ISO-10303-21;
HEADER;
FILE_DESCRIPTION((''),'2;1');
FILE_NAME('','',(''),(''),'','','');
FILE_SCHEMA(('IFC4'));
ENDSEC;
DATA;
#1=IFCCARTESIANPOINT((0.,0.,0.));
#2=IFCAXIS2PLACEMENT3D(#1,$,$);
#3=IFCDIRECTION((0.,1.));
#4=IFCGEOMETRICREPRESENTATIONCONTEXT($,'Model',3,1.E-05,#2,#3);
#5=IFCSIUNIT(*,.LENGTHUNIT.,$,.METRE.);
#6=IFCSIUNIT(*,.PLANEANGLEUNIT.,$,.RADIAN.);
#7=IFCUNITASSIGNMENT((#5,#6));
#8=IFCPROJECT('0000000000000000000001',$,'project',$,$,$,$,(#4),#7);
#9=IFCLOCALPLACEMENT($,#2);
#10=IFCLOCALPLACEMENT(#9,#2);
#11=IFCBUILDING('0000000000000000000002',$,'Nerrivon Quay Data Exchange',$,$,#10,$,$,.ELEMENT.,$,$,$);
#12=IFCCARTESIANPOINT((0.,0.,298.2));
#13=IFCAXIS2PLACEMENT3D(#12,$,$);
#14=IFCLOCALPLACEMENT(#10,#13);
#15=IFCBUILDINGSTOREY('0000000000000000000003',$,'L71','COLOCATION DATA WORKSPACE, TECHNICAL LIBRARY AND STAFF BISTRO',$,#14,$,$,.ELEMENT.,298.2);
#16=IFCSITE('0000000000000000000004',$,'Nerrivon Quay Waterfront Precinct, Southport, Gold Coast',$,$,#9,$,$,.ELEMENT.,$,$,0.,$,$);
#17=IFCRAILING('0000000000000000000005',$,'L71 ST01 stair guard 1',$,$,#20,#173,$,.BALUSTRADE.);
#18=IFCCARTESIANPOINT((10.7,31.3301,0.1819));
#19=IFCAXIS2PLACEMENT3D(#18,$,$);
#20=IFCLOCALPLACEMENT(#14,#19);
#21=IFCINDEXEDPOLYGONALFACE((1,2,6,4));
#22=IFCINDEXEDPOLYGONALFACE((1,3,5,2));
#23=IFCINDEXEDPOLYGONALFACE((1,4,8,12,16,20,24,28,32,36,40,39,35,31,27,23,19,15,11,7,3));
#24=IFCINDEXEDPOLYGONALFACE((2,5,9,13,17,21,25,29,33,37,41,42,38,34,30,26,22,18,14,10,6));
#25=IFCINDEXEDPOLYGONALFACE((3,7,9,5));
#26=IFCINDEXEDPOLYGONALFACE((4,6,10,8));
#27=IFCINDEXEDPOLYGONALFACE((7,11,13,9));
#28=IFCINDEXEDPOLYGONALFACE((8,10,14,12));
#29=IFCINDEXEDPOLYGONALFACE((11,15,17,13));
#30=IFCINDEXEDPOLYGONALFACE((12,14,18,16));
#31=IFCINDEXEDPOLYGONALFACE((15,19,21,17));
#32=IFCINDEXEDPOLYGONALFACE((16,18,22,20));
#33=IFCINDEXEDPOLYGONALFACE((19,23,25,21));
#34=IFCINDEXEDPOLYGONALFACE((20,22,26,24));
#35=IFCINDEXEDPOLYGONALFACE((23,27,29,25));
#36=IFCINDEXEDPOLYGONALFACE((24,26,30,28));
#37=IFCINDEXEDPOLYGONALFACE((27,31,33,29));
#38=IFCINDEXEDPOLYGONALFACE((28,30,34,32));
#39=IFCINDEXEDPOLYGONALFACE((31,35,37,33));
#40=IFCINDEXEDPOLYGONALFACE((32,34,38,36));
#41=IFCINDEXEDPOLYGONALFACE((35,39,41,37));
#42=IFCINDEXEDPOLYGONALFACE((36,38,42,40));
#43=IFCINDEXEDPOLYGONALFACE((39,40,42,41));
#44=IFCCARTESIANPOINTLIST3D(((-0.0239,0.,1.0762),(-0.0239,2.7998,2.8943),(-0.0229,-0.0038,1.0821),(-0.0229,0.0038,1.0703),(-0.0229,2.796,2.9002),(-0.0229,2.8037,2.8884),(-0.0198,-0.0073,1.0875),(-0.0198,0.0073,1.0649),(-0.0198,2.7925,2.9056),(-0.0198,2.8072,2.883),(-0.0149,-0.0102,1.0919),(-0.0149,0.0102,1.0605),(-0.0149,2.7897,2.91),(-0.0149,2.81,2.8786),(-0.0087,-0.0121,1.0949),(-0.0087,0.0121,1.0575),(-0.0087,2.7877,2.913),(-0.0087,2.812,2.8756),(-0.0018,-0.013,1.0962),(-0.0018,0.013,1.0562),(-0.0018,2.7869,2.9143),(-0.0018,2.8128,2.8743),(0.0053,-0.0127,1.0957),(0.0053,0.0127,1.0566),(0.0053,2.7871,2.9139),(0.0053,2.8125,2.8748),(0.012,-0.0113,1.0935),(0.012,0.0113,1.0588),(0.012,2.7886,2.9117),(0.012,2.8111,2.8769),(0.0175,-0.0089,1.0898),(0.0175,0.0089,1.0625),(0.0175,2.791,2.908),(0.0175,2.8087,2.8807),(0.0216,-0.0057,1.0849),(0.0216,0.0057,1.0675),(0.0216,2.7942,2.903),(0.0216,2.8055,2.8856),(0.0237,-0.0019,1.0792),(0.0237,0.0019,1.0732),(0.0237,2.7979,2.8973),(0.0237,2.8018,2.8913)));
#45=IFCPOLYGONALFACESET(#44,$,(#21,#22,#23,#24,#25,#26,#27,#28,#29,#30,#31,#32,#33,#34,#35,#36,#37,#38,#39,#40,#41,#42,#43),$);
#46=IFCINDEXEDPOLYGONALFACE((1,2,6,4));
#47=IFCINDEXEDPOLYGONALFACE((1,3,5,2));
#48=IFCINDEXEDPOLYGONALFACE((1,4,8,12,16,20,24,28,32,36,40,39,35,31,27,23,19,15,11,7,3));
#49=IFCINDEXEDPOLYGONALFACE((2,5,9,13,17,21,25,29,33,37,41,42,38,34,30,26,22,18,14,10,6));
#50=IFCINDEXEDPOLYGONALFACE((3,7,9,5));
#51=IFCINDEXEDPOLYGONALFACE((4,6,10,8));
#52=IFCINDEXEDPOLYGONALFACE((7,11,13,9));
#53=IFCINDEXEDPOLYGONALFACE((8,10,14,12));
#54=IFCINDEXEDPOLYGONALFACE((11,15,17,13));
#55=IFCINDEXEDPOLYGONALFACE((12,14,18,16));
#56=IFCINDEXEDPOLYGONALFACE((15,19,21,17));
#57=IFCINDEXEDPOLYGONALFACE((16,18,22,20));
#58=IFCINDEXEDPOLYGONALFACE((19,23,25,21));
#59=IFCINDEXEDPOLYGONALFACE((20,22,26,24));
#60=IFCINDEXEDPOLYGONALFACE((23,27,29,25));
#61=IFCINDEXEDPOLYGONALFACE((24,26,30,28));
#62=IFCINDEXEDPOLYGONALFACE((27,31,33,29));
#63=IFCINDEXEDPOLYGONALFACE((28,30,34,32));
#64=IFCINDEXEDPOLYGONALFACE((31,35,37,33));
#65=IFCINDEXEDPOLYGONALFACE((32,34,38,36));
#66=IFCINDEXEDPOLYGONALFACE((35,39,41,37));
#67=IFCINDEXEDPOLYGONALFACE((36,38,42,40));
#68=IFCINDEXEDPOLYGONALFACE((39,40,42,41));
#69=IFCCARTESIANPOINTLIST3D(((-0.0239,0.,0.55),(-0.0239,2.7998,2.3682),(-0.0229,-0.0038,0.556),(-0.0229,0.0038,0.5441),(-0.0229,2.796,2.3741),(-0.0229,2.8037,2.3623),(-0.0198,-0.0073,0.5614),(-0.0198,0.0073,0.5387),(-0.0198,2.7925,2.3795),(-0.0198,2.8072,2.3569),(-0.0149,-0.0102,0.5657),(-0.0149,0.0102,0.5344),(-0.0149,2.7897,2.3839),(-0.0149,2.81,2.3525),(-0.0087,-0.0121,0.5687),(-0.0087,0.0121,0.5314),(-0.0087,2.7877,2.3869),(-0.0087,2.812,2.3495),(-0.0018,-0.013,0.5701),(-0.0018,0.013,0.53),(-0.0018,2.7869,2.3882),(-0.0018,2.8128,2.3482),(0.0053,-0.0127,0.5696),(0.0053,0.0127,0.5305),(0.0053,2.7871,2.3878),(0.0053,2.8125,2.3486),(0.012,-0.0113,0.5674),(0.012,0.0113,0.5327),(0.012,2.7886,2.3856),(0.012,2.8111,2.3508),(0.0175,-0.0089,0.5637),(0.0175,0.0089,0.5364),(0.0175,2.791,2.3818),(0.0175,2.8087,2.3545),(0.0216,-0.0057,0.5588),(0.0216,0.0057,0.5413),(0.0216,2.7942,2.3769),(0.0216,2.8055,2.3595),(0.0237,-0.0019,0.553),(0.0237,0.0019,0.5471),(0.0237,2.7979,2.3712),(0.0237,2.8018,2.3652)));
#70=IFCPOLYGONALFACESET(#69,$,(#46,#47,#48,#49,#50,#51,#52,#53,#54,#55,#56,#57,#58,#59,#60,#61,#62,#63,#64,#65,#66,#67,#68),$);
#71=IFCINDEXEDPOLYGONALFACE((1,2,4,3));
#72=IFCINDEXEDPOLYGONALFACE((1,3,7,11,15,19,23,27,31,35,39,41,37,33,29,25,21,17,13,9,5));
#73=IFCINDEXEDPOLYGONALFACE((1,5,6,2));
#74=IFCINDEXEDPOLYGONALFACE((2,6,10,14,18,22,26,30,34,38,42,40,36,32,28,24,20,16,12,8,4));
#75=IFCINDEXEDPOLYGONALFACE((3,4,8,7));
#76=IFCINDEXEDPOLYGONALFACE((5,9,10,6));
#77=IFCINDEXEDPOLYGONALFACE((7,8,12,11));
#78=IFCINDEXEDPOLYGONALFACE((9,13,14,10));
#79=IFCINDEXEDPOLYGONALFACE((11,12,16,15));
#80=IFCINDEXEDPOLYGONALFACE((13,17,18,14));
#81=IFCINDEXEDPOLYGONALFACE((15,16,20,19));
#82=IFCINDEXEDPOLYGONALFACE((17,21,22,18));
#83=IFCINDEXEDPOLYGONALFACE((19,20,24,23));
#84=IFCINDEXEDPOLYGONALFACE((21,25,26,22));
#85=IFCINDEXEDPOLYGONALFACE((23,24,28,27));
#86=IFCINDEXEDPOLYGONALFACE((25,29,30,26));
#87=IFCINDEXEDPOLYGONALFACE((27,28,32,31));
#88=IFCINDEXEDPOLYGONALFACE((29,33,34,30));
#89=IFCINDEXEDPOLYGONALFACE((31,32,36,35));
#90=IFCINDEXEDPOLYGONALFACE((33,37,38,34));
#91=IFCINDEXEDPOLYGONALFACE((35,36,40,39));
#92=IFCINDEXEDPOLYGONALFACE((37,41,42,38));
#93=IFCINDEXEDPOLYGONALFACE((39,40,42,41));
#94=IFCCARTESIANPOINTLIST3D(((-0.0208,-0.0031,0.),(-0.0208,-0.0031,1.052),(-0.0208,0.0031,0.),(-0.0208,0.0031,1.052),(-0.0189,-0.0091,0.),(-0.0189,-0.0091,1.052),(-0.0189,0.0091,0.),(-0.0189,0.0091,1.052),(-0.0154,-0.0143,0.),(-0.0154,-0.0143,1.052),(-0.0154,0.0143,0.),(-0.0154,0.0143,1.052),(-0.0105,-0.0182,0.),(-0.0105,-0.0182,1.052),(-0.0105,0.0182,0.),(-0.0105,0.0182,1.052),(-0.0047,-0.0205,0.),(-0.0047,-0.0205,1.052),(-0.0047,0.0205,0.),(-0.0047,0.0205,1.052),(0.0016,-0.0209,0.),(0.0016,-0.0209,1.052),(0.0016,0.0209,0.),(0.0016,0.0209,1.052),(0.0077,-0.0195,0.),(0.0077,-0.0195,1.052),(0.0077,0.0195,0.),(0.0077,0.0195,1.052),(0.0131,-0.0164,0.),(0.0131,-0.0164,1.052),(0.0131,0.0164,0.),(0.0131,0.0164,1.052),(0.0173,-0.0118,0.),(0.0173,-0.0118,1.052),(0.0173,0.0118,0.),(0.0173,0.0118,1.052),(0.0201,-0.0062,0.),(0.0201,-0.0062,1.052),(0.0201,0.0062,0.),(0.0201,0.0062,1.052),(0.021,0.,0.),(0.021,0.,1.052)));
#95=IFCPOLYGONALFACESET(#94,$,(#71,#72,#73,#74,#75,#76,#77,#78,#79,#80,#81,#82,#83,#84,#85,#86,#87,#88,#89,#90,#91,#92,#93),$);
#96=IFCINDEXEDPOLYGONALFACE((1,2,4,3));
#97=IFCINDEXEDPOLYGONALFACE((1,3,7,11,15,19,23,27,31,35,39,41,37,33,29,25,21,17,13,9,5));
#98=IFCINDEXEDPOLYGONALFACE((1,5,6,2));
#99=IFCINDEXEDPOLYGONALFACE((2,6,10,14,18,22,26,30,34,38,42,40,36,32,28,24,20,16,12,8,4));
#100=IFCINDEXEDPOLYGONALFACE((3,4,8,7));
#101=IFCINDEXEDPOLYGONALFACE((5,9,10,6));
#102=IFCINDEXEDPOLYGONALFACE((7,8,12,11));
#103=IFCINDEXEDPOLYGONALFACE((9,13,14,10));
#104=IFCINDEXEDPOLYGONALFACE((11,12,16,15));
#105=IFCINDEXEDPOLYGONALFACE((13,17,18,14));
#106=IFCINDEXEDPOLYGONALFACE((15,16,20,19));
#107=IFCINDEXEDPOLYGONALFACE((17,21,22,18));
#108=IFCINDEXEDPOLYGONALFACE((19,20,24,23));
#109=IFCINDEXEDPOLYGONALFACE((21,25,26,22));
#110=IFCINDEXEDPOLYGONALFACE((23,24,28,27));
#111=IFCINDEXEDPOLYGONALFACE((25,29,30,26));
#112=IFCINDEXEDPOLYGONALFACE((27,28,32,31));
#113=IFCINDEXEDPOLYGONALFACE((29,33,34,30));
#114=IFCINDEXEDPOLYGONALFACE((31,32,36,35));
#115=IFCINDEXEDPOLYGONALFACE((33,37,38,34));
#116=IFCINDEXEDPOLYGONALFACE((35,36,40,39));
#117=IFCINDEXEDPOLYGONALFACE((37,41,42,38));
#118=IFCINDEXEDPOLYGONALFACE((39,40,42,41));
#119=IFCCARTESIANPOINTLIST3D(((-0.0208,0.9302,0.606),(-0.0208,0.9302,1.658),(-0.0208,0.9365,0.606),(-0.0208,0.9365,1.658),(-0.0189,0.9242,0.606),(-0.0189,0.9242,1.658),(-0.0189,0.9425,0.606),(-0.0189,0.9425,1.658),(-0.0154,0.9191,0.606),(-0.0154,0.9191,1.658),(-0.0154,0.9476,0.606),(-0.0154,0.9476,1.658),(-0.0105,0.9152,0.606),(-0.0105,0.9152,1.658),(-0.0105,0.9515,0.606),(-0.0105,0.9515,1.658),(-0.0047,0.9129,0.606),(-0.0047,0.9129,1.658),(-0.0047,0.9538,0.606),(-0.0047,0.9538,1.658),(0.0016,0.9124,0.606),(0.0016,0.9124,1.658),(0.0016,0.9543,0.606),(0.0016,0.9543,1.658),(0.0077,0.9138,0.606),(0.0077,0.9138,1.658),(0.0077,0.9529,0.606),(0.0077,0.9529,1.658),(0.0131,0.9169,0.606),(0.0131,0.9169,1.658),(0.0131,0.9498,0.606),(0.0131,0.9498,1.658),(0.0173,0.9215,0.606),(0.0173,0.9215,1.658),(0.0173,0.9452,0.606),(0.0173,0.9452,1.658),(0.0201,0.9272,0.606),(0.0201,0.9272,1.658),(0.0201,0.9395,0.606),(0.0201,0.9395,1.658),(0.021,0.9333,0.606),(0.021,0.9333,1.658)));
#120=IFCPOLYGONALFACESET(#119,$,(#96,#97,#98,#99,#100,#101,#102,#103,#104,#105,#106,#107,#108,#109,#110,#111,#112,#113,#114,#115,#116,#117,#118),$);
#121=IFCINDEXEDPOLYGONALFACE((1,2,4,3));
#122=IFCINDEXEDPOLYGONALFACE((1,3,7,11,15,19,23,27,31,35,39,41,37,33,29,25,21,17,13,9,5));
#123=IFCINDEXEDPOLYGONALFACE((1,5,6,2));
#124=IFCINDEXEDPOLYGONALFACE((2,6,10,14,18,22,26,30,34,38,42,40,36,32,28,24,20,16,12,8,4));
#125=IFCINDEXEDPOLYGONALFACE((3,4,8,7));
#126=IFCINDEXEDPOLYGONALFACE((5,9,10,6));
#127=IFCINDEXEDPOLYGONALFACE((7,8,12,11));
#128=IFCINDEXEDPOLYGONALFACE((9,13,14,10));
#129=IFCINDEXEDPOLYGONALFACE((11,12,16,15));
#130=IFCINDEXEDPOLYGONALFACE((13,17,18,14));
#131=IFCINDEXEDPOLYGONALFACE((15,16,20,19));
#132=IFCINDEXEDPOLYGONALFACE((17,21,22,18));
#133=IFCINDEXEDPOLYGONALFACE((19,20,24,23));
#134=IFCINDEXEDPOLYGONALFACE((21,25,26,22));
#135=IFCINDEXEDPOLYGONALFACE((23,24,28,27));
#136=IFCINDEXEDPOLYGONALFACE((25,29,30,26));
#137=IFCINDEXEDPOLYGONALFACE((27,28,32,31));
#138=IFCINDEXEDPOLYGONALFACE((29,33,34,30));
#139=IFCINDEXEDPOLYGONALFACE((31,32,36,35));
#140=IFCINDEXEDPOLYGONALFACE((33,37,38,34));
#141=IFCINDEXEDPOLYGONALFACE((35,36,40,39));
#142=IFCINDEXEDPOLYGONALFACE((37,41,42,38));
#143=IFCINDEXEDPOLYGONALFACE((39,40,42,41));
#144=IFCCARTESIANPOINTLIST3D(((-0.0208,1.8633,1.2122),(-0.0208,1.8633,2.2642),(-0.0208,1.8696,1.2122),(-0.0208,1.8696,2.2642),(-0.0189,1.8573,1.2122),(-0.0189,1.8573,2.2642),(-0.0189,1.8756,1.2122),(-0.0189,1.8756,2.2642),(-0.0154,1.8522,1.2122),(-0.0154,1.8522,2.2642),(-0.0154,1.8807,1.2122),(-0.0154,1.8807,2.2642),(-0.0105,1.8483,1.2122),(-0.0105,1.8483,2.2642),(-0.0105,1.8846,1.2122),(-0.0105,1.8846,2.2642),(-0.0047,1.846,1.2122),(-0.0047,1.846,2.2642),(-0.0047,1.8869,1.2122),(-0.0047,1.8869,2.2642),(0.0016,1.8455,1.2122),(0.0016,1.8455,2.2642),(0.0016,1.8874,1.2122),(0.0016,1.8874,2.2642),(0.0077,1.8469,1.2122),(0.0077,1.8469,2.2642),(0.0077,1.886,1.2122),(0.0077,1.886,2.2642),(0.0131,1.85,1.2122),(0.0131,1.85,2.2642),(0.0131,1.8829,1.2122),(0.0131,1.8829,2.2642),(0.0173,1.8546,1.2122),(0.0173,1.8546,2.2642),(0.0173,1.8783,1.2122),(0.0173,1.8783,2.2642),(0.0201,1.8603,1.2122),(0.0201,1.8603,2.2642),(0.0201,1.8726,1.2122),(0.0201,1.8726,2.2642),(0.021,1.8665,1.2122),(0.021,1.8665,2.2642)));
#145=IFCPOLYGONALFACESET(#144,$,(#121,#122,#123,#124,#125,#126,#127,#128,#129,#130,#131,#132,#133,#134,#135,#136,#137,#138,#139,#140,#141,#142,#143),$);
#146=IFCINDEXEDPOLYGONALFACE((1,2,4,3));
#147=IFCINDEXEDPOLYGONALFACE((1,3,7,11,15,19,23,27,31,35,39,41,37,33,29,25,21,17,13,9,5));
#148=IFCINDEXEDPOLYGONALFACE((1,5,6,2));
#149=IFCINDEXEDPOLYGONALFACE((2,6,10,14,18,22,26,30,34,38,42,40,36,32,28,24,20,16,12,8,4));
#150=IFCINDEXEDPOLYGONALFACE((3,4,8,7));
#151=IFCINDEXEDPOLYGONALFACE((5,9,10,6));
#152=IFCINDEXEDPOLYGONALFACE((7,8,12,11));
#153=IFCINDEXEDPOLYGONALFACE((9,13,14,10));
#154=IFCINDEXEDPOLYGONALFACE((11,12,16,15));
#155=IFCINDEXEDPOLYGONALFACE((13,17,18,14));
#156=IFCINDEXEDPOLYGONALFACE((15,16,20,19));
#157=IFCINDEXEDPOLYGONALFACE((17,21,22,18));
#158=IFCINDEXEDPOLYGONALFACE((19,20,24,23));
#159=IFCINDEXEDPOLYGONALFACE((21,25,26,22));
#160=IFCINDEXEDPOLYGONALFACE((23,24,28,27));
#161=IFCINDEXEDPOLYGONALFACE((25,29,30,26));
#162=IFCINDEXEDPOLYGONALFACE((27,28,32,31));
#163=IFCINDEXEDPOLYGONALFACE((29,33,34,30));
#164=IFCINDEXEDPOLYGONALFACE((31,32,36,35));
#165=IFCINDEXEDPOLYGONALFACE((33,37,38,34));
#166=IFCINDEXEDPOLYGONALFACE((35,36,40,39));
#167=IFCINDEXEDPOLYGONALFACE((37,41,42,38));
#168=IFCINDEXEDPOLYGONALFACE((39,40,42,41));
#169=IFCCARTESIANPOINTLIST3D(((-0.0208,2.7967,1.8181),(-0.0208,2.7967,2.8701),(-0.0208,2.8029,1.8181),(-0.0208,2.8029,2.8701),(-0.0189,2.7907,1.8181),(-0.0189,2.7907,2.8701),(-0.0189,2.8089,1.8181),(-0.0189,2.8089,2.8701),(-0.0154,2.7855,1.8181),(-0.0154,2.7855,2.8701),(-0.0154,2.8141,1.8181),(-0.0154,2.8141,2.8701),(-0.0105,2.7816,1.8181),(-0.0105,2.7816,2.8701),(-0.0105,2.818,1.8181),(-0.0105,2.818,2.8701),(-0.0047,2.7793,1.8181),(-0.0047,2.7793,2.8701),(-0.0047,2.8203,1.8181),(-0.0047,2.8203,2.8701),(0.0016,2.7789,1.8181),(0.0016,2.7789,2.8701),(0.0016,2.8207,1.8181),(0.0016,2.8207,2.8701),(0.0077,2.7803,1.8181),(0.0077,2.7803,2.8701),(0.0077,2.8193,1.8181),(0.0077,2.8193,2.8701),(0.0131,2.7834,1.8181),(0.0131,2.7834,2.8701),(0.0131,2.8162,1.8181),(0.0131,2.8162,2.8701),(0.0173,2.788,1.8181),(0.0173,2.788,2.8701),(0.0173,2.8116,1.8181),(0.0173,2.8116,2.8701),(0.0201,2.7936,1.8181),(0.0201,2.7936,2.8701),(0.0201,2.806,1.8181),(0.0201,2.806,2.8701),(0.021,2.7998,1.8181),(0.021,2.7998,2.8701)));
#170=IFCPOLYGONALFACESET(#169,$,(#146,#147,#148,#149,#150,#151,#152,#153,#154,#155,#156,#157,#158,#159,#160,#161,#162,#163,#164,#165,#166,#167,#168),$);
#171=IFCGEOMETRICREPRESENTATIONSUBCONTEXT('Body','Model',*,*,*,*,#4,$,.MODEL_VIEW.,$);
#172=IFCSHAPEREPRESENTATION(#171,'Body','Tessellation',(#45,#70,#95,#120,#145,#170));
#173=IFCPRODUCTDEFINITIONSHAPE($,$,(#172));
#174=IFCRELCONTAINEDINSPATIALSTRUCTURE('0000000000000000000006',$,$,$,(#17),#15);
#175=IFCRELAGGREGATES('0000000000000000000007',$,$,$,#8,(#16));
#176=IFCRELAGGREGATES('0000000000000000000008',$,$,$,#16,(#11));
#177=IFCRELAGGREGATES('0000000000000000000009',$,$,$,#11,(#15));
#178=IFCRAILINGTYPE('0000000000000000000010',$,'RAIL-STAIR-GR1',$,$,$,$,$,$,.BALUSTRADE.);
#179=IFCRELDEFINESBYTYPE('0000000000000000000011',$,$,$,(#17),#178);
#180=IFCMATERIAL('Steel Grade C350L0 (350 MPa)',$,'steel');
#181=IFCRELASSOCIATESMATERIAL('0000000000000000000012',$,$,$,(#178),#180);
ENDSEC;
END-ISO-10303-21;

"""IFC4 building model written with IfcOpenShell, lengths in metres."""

from ifc_helpers import new_model, si_unit, direction, frame, origin, origin_2d, place, context, subcontext, project, spatial, circle, extrude, material, type_object, element, save


model = new_model("IFC4")

# Units and contexts
model_context = context("Model", 3, precision=1e-05, world=origin(), true_north=direction((0.0, 1.0)))
body_context = subcontext(model_context, "Body", "Model", "MODEL_VIEW")
ifc_project = project(units=[si_unit("LENGTHUNIT", "METRE"), si_unit("PLANEANGLEUNIT", "RADIAN")], contexts=[model_context])

# Site, building, storey
site_placement = place(None, origin())
site = spatial("IfcSite", under=ifc_project, at=site_placement, Name="Nerrivon Quay Waterfront Precinct, Southport, Gold Coast", CompositionType="ELEMENT", RefElevation=0.0)
building_placement = place(site_placement, origin())
building = spatial("IfcBuilding", under=site, at=building_placement, Name="Nerrivon Quay Data Exchange", CompositionType="ELEMENT")
storey_placement = place(building_placement, frame((0.0, 0.0, 298.2)))
storey = spatial("IfcBuildingStorey", under=building, at=storey_placement, Name="L71", Description="COLOCATION DATA WORKSPACE, TECHNICAL LIBRARY AND STAFF BISTRO", CompositionType="ELEMENT", Elevation=298.2)

# Railing
ifc_material_1 = material(Name="Steel Grade C350L0 (350 MPa)", Category="steel")
railing_type_1 = type_object("IfcRailingType", Name="RAIL-STAIR-GR1", PredefinedType="BALUSTRADE", material=ifc_material_1)
railing_1_placement = place(storey_placement, frame((10.7, 31.3301, 0.1819)))
element("IfcRailing", 1, at=railing_1_placement, inside=storey, type_object=railing_type_1, Name="L71 ST01 stair guard 1", PredefinedType="BALUSTRADE", context=body_context, shape_type="SweptSolid", body=[
    extrude(circle(Radius=0.0239, at=origin_2d()), frame((0.0, 0.0, 1.0762), z_axis=(0.0, 0.838684, 0.544618), x_axis=(-1.0, 0.0, 0.0)), (0.0, 0.0, 1.0), 3.3384),
    extrude(circle(Radius=0.0239, at=origin_2d()), frame((0.0, 0.0, 0.55), z_axis=(0.0, 0.838684, 0.544618), x_axis=(-1.0, 0.0, 0.0)), (0.0, 0.0, 1.0), 3.3384),
    extrude(circle(Radius=0.021, at=origin_2d()), origin(), (0.0, 0.0, 1.0), 1.052),
    extrude(circle(Radius=0.021, at=origin_2d()), frame((0.0, 0.9333, 0.606)), (0.0, 0.0, 1.0), 1.052),
    extrude(circle(Radius=0.021, at=origin_2d()), frame((0.0, 1.8665, 1.2122)), (0.0, 0.0, 1.0), 1.052),
    extrude(circle(Radius=0.021, at=origin_2d()), frame((0.0, 2.7998, 1.8181)), (0.0, 0.0, 1.0), 1.052),
])

save(model, "model.ifc")
